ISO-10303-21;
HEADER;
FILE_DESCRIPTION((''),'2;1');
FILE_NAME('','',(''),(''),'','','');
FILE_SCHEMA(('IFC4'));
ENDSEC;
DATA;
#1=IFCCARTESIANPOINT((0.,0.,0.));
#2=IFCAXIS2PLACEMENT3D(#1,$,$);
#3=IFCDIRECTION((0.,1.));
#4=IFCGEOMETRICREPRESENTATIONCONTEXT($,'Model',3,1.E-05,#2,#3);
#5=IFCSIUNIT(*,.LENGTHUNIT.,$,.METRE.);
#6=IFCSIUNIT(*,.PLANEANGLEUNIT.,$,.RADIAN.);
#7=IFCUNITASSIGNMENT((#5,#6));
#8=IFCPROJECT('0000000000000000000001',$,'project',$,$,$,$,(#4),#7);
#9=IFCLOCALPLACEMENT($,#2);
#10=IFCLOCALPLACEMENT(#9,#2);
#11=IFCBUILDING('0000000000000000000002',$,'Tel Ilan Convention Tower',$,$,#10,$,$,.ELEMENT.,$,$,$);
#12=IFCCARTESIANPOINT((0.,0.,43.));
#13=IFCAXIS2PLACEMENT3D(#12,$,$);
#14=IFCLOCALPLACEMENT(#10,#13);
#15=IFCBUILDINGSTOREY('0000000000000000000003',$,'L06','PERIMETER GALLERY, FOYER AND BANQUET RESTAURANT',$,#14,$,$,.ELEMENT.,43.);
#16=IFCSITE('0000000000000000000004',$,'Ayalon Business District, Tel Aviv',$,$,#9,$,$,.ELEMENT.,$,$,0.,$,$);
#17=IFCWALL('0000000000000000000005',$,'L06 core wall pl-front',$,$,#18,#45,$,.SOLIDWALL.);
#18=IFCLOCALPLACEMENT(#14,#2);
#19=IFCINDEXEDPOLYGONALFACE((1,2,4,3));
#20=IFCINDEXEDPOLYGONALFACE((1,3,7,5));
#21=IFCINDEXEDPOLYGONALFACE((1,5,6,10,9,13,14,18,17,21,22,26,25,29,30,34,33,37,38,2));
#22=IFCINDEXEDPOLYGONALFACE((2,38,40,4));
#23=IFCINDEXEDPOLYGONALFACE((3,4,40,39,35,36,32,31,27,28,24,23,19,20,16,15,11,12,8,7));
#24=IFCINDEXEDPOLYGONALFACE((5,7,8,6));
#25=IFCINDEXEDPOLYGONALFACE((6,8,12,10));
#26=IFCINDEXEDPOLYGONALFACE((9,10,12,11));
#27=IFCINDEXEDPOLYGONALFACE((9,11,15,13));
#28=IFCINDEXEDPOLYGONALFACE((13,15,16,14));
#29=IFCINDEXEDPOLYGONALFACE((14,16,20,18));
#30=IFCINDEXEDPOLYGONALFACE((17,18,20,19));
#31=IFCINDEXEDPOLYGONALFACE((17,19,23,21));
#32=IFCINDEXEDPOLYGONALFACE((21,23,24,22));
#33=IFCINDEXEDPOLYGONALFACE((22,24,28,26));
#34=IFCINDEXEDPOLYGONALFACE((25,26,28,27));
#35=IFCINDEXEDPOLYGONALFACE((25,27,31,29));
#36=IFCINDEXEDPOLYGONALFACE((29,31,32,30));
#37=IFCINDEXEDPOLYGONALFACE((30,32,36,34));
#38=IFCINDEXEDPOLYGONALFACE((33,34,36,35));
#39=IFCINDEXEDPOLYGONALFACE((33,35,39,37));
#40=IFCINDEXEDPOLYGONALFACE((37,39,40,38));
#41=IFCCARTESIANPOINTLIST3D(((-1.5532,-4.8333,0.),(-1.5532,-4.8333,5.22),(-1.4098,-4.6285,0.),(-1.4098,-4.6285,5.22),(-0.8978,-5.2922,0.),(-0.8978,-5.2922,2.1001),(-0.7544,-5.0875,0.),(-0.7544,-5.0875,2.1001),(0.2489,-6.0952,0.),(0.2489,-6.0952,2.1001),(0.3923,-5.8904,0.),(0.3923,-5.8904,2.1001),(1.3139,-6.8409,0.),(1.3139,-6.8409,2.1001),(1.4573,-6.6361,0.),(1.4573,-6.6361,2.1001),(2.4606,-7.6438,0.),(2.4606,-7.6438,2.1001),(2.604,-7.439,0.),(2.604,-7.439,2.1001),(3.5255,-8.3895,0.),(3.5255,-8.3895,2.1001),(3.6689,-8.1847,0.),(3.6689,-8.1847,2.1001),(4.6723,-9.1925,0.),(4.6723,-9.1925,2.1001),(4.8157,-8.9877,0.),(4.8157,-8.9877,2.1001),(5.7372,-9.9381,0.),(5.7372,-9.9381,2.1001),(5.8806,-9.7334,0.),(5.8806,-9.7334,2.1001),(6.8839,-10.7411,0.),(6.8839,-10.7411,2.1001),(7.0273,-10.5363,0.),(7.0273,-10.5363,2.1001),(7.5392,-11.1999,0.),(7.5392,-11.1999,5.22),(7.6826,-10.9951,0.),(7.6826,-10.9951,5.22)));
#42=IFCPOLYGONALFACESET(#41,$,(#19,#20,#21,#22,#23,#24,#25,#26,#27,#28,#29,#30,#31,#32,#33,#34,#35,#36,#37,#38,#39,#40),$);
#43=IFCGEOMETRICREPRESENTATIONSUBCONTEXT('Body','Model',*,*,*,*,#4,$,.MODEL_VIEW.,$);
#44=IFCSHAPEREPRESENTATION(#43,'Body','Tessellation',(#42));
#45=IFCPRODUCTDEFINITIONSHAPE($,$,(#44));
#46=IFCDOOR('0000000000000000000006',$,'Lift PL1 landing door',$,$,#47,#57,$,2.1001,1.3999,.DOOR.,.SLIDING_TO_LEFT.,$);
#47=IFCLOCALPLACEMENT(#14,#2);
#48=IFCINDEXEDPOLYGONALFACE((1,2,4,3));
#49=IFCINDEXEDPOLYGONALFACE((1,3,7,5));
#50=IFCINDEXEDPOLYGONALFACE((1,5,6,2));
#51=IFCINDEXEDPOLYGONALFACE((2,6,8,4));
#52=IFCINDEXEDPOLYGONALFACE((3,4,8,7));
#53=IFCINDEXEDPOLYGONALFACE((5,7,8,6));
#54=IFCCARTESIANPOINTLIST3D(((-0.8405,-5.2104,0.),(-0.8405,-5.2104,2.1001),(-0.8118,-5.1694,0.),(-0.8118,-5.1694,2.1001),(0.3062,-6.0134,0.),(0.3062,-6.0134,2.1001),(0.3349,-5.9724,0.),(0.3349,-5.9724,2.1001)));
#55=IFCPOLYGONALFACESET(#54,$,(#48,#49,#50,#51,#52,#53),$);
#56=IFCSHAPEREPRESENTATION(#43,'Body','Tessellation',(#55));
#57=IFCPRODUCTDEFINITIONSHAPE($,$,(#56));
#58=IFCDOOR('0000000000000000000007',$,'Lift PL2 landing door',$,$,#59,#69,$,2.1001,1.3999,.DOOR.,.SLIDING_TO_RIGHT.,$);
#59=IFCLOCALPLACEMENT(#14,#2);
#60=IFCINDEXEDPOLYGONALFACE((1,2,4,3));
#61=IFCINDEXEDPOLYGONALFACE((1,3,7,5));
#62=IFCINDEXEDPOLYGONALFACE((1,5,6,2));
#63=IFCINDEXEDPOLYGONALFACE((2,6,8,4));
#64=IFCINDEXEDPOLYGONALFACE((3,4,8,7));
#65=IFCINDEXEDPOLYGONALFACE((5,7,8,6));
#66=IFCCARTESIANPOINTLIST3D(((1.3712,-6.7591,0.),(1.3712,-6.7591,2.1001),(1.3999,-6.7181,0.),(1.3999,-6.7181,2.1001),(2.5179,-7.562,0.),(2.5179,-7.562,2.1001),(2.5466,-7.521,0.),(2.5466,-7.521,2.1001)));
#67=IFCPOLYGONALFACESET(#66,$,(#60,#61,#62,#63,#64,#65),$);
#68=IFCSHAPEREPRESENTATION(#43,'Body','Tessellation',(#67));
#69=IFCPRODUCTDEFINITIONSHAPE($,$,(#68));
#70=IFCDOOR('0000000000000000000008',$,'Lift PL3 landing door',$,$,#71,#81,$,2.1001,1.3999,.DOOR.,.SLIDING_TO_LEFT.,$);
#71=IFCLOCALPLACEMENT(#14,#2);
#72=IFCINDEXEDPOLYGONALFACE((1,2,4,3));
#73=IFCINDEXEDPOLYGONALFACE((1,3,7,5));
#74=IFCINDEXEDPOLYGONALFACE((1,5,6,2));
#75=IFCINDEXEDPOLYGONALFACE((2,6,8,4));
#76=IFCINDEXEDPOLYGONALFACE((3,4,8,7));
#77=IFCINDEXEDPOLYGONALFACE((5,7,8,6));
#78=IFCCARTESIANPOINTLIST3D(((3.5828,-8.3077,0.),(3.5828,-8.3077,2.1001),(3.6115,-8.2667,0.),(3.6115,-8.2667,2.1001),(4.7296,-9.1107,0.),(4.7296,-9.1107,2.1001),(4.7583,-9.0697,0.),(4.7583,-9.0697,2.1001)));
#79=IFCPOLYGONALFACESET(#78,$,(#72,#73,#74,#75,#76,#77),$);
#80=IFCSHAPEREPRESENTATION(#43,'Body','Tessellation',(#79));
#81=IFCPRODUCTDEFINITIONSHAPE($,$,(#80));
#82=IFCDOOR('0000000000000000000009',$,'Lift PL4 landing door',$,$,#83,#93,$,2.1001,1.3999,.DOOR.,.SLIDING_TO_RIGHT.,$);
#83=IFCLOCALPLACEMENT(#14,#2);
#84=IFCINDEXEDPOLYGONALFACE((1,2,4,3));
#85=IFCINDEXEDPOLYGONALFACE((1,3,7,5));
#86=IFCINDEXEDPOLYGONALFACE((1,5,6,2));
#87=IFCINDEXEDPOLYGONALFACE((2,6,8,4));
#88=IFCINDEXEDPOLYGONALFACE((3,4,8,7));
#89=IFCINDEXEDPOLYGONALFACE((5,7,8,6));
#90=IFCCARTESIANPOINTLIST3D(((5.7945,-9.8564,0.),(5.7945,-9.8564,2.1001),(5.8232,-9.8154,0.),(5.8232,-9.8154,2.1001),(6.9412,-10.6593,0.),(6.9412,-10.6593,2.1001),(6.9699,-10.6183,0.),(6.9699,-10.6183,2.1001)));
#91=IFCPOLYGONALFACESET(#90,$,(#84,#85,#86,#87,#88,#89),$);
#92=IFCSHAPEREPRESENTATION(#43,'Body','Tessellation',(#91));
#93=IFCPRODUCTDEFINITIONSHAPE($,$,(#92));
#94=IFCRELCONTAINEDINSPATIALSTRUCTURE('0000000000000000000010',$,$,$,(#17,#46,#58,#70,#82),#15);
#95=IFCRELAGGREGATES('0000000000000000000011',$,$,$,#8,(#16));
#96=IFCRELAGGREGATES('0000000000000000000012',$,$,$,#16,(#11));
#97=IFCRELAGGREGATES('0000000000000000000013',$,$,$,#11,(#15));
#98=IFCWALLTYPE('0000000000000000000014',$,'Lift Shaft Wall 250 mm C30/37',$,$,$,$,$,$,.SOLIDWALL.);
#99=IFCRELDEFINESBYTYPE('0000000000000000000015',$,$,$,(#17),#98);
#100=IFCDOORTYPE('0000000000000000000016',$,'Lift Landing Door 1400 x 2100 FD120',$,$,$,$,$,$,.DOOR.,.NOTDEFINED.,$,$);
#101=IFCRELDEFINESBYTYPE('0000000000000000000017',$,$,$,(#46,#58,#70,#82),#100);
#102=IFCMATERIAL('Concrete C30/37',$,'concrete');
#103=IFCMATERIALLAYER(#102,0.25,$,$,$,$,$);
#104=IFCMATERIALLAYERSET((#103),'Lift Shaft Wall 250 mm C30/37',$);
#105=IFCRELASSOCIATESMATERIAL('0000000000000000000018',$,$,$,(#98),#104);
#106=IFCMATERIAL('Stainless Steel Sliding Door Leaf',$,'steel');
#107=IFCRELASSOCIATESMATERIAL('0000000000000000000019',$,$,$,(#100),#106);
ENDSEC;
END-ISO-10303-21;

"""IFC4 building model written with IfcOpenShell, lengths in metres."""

from ifc_helpers import new_model, si_unit, direction, frame, frame_2d, origin, place, context, subcontext, project, spatial, rectangle, extrude, material, layer, layer_set, type_object, element, fill, save


model = new_model("IFC4")

# Units and contexts
model_context = context("Model", 3, precision=1e-05, world=origin(), true_north=direction((0.0, 1.0)))
body_context = subcontext(model_context, "Body", "Model", "MODEL_VIEW")
ifc_project = project(units=[si_unit("LENGTHUNIT", "METRE"), si_unit("PLANEANGLEUNIT", "RADIAN")], contexts=[model_context])

# Site, building, storey
site_placement = place(None, origin())
site = spatial("IfcSite", under=ifc_project, at=site_placement, Name="Ayalon Business District, Tel Aviv", CompositionType="ELEMENT", RefElevation=0.0)
building_placement = place(site_placement, origin())
building = spatial("IfcBuilding", under=site, at=building_placement, Name="Tel Ilan Convention Tower", CompositionType="ELEMENT")
storey_placement = place(building_placement, frame((0.0, 0.0, 43.0)))
storey = spatial("IfcBuildingStorey", under=building, at=storey_placement, Name="L06", Description="PERIMETER GALLERY, FOYER AND BANQUET RESTAURANT", CompositionType="ELEMENT", Elevation=43.0)

# Wall, openings, doors
ifc_material_1 = material(Name="Concrete C30/37", Category="concrete")
ifc_layer_1 = layer(ifc_material_1, 0.25)
ifc_layer_set_1 = layer_set([ifc_layer_1], Name="Lift Shaft Wall 250 mm C30/37")
wall_type_1 = type_object("IfcWallType", Name="Lift Shaft Wall 250 mm C30/37", PredefinedType="SOLIDWALL", material=ifc_layer_set_1)
wall_1_placement = place(storey_placement, frame((-1.4814, -4.731, 0.0), z_axis=(0.0, 0.0, 1.0), x_axis=(0.81915, -0.573579, 0.0)))
wall_1 = element("IfcWall", 1, at=wall_1_placement, inside=storey, type_object=wall_type_1, Name="L06 core wall pl-front", PredefinedType="SOLIDWALL", context=body_context, shape_type="SweptSolid", body=[
    extrude(rectangle(XDim=11.0999, YDim=0.25, at=frame_2d((5.5498, 0.0))), origin(), (0.0, 0.0, 1.0), 5.22),
])
opening_1_placement = place(wall_1_placement, frame((0.8, 0.0, 0.0)))
opening_1 = element("IfcOpeningElement", 2, at=opening_1_placement, cuts=wall_1, PredefinedType="OPENING", context=body_context, shape_type="SweptSolid", body=[
    extrude(rectangle(XDim=1.3999, YDim=2.1001, at=frame_2d((0.7, 1.05))), frame((0.0, 0.135, 0.0), z_axis=(0.0, -1.0, 0.0), x_axis=(1.0, 0.0, 0.0)), (0.0, 0.0, 1.0), 0.27),
])
opening_2_placement = place(wall_1_placement, frame((3.5, 0.0, 0.0)))
opening_2 = element("IfcOpeningElement", 3, at=opening_2_placement, cuts=wall_1, PredefinedType="OPENING", context=body_context, shape_type="SweptSolid", body=[
    extrude(rectangle(XDim=1.3999, YDim=2.1001, at=frame_2d((0.7, 1.05))), frame((0.0, 0.135, 0.0), z_axis=(0.0, -1.0, 0.0), x_axis=(1.0, 0.0, 0.0)), (0.0, 0.0, 1.0), 0.27),
])
opening_3_placement = place(wall_1_placement, frame((6.2, 0.0, 0.0)))
opening_3 = element("IfcOpeningElement", 4, at=opening_3_placement, cuts=wall_1, PredefinedType="OPENING", context=body_context, shape_type="SweptSolid", body=[
    extrude(rectangle(XDim=1.3999, YDim=2.1001, at=frame_2d((0.7, 1.05))), frame((0.0, 0.135, 0.0), z_axis=(0.0, -1.0, 0.0), x_axis=(1.0, 0.0, 0.0)), (0.0, 0.0, 1.0), 0.27),
])
opening_4_placement = place(wall_1_placement, frame((8.8999, 0.0, 0.0)))
opening_4 = element("IfcOpeningElement", 5, at=opening_4_placement, cuts=wall_1, PredefinedType="OPENING", context=body_context, shape_type="SweptSolid", body=[
    extrude(rectangle(XDim=1.3999, YDim=2.1001, at=frame_2d((0.7, 1.05))), frame((0.0, 0.135, 0.0), z_axis=(0.0, -1.0, 0.0), x_axis=(1.0, 0.0, 0.0)), (0.0, 0.0, 1.0), 0.27),
])
ifc_material_2 = material(Name="Stainless Steel Sliding Door Leaf", Category="steel")
door_type_1 = type_object("IfcDoorType", Name="Lift Landing Door 1400 x 2100 FD120", OperationType="NOTDEFINED", PredefinedType="DOOR", material=ifc_material_2)
door_1_placement = place(opening_1_placement, origin())
door_1 = element("IfcDoor", 6, at=door_1_placement, inside=storey, type_object=door_type_1, Name="Lift PL1 landing door", OperationType="SLIDING_TO_LEFT", OverallHeight=2.1001, OverallWidth=1.3999, PredefinedType="DOOR", context=body_context, shape_type="SweptSolid", body=[
    extrude(rectangle(XDim=1.3999, YDim=2.1001, at=frame_2d((0.7, 1.05))), frame((0.0, 0.0249, 0.0), z_axis=(0.0, -1.0, 0.0), x_axis=(1.0, 0.0, 0.0)), (0.0, 0.0, 1.0), 0.05),
])
fill(opening_1, door_1)
door_2_placement = place(opening_2_placement, origin())
door_2 = element("IfcDoor", 7, at=door_2_placement, inside=storey, type_object=door_type_1, Name="Lift PL2 landing door", OperationType="SLIDING_TO_RIGHT", OverallHeight=2.1001, OverallWidth=1.3999, PredefinedType="DOOR", context=body_context, shape_type="SweptSolid", body=[
    extrude(rectangle(XDim=1.3999, YDim=2.1001, at=frame_2d((0.7, 1.05))), frame((0.0, 0.0249, 0.0), z_axis=(0.0, -1.0, 0.0), x_axis=(1.0, 0.0, 0.0)), (0.0, 0.0, 1.0), 0.05),
])
fill(opening_2, door_2)
door_3_placement = place(opening_3_placement, origin())
door_3 = element("IfcDoor", 8, at=door_3_placement, inside=storey, type_object=door_type_1, Name="Lift PL3 landing door", OperationType="SLIDING_TO_LEFT", OverallHeight=2.1001, OverallWidth=1.3999, PredefinedType="DOOR", context=body_context, shape_type="SweptSolid", body=[
    extrude(rectangle(XDim=1.3999, YDim=2.1001, at=frame_2d((0.7, 1.05))), frame((0.0, 0.0249, 0.0), z_axis=(0.0, -1.0, 0.0), x_axis=(1.0, 0.0, 0.0)), (0.0, 0.0, 1.0), 0.05),
])
fill(opening_3, door_3)
door_4_placement = place(opening_4_placement, origin())
door_4 = element("IfcDoor", 9, at=door_4_placement, inside=storey, type_object=door_type_1, Name="Lift PL4 landing door", OperationType="SLIDING_TO_RIGHT", OverallHeight=2.1001, OverallWidth=1.3999, PredefinedType="DOOR", context=body_context, shape_type="SweptSolid", body=[
    extrude(rectangle(XDim=1.3999, YDim=2.1001, at=frame_2d((0.7, 1.05))), frame((0.0, 0.0249, 0.0), z_axis=(0.0, -1.0, 0.0), x_axis=(1.0, 0.0, 0.0)), (0.0, 0.0, 1.0), 0.05),
])
fill(opening_4, door_4)

save(model, "model.ifc")
